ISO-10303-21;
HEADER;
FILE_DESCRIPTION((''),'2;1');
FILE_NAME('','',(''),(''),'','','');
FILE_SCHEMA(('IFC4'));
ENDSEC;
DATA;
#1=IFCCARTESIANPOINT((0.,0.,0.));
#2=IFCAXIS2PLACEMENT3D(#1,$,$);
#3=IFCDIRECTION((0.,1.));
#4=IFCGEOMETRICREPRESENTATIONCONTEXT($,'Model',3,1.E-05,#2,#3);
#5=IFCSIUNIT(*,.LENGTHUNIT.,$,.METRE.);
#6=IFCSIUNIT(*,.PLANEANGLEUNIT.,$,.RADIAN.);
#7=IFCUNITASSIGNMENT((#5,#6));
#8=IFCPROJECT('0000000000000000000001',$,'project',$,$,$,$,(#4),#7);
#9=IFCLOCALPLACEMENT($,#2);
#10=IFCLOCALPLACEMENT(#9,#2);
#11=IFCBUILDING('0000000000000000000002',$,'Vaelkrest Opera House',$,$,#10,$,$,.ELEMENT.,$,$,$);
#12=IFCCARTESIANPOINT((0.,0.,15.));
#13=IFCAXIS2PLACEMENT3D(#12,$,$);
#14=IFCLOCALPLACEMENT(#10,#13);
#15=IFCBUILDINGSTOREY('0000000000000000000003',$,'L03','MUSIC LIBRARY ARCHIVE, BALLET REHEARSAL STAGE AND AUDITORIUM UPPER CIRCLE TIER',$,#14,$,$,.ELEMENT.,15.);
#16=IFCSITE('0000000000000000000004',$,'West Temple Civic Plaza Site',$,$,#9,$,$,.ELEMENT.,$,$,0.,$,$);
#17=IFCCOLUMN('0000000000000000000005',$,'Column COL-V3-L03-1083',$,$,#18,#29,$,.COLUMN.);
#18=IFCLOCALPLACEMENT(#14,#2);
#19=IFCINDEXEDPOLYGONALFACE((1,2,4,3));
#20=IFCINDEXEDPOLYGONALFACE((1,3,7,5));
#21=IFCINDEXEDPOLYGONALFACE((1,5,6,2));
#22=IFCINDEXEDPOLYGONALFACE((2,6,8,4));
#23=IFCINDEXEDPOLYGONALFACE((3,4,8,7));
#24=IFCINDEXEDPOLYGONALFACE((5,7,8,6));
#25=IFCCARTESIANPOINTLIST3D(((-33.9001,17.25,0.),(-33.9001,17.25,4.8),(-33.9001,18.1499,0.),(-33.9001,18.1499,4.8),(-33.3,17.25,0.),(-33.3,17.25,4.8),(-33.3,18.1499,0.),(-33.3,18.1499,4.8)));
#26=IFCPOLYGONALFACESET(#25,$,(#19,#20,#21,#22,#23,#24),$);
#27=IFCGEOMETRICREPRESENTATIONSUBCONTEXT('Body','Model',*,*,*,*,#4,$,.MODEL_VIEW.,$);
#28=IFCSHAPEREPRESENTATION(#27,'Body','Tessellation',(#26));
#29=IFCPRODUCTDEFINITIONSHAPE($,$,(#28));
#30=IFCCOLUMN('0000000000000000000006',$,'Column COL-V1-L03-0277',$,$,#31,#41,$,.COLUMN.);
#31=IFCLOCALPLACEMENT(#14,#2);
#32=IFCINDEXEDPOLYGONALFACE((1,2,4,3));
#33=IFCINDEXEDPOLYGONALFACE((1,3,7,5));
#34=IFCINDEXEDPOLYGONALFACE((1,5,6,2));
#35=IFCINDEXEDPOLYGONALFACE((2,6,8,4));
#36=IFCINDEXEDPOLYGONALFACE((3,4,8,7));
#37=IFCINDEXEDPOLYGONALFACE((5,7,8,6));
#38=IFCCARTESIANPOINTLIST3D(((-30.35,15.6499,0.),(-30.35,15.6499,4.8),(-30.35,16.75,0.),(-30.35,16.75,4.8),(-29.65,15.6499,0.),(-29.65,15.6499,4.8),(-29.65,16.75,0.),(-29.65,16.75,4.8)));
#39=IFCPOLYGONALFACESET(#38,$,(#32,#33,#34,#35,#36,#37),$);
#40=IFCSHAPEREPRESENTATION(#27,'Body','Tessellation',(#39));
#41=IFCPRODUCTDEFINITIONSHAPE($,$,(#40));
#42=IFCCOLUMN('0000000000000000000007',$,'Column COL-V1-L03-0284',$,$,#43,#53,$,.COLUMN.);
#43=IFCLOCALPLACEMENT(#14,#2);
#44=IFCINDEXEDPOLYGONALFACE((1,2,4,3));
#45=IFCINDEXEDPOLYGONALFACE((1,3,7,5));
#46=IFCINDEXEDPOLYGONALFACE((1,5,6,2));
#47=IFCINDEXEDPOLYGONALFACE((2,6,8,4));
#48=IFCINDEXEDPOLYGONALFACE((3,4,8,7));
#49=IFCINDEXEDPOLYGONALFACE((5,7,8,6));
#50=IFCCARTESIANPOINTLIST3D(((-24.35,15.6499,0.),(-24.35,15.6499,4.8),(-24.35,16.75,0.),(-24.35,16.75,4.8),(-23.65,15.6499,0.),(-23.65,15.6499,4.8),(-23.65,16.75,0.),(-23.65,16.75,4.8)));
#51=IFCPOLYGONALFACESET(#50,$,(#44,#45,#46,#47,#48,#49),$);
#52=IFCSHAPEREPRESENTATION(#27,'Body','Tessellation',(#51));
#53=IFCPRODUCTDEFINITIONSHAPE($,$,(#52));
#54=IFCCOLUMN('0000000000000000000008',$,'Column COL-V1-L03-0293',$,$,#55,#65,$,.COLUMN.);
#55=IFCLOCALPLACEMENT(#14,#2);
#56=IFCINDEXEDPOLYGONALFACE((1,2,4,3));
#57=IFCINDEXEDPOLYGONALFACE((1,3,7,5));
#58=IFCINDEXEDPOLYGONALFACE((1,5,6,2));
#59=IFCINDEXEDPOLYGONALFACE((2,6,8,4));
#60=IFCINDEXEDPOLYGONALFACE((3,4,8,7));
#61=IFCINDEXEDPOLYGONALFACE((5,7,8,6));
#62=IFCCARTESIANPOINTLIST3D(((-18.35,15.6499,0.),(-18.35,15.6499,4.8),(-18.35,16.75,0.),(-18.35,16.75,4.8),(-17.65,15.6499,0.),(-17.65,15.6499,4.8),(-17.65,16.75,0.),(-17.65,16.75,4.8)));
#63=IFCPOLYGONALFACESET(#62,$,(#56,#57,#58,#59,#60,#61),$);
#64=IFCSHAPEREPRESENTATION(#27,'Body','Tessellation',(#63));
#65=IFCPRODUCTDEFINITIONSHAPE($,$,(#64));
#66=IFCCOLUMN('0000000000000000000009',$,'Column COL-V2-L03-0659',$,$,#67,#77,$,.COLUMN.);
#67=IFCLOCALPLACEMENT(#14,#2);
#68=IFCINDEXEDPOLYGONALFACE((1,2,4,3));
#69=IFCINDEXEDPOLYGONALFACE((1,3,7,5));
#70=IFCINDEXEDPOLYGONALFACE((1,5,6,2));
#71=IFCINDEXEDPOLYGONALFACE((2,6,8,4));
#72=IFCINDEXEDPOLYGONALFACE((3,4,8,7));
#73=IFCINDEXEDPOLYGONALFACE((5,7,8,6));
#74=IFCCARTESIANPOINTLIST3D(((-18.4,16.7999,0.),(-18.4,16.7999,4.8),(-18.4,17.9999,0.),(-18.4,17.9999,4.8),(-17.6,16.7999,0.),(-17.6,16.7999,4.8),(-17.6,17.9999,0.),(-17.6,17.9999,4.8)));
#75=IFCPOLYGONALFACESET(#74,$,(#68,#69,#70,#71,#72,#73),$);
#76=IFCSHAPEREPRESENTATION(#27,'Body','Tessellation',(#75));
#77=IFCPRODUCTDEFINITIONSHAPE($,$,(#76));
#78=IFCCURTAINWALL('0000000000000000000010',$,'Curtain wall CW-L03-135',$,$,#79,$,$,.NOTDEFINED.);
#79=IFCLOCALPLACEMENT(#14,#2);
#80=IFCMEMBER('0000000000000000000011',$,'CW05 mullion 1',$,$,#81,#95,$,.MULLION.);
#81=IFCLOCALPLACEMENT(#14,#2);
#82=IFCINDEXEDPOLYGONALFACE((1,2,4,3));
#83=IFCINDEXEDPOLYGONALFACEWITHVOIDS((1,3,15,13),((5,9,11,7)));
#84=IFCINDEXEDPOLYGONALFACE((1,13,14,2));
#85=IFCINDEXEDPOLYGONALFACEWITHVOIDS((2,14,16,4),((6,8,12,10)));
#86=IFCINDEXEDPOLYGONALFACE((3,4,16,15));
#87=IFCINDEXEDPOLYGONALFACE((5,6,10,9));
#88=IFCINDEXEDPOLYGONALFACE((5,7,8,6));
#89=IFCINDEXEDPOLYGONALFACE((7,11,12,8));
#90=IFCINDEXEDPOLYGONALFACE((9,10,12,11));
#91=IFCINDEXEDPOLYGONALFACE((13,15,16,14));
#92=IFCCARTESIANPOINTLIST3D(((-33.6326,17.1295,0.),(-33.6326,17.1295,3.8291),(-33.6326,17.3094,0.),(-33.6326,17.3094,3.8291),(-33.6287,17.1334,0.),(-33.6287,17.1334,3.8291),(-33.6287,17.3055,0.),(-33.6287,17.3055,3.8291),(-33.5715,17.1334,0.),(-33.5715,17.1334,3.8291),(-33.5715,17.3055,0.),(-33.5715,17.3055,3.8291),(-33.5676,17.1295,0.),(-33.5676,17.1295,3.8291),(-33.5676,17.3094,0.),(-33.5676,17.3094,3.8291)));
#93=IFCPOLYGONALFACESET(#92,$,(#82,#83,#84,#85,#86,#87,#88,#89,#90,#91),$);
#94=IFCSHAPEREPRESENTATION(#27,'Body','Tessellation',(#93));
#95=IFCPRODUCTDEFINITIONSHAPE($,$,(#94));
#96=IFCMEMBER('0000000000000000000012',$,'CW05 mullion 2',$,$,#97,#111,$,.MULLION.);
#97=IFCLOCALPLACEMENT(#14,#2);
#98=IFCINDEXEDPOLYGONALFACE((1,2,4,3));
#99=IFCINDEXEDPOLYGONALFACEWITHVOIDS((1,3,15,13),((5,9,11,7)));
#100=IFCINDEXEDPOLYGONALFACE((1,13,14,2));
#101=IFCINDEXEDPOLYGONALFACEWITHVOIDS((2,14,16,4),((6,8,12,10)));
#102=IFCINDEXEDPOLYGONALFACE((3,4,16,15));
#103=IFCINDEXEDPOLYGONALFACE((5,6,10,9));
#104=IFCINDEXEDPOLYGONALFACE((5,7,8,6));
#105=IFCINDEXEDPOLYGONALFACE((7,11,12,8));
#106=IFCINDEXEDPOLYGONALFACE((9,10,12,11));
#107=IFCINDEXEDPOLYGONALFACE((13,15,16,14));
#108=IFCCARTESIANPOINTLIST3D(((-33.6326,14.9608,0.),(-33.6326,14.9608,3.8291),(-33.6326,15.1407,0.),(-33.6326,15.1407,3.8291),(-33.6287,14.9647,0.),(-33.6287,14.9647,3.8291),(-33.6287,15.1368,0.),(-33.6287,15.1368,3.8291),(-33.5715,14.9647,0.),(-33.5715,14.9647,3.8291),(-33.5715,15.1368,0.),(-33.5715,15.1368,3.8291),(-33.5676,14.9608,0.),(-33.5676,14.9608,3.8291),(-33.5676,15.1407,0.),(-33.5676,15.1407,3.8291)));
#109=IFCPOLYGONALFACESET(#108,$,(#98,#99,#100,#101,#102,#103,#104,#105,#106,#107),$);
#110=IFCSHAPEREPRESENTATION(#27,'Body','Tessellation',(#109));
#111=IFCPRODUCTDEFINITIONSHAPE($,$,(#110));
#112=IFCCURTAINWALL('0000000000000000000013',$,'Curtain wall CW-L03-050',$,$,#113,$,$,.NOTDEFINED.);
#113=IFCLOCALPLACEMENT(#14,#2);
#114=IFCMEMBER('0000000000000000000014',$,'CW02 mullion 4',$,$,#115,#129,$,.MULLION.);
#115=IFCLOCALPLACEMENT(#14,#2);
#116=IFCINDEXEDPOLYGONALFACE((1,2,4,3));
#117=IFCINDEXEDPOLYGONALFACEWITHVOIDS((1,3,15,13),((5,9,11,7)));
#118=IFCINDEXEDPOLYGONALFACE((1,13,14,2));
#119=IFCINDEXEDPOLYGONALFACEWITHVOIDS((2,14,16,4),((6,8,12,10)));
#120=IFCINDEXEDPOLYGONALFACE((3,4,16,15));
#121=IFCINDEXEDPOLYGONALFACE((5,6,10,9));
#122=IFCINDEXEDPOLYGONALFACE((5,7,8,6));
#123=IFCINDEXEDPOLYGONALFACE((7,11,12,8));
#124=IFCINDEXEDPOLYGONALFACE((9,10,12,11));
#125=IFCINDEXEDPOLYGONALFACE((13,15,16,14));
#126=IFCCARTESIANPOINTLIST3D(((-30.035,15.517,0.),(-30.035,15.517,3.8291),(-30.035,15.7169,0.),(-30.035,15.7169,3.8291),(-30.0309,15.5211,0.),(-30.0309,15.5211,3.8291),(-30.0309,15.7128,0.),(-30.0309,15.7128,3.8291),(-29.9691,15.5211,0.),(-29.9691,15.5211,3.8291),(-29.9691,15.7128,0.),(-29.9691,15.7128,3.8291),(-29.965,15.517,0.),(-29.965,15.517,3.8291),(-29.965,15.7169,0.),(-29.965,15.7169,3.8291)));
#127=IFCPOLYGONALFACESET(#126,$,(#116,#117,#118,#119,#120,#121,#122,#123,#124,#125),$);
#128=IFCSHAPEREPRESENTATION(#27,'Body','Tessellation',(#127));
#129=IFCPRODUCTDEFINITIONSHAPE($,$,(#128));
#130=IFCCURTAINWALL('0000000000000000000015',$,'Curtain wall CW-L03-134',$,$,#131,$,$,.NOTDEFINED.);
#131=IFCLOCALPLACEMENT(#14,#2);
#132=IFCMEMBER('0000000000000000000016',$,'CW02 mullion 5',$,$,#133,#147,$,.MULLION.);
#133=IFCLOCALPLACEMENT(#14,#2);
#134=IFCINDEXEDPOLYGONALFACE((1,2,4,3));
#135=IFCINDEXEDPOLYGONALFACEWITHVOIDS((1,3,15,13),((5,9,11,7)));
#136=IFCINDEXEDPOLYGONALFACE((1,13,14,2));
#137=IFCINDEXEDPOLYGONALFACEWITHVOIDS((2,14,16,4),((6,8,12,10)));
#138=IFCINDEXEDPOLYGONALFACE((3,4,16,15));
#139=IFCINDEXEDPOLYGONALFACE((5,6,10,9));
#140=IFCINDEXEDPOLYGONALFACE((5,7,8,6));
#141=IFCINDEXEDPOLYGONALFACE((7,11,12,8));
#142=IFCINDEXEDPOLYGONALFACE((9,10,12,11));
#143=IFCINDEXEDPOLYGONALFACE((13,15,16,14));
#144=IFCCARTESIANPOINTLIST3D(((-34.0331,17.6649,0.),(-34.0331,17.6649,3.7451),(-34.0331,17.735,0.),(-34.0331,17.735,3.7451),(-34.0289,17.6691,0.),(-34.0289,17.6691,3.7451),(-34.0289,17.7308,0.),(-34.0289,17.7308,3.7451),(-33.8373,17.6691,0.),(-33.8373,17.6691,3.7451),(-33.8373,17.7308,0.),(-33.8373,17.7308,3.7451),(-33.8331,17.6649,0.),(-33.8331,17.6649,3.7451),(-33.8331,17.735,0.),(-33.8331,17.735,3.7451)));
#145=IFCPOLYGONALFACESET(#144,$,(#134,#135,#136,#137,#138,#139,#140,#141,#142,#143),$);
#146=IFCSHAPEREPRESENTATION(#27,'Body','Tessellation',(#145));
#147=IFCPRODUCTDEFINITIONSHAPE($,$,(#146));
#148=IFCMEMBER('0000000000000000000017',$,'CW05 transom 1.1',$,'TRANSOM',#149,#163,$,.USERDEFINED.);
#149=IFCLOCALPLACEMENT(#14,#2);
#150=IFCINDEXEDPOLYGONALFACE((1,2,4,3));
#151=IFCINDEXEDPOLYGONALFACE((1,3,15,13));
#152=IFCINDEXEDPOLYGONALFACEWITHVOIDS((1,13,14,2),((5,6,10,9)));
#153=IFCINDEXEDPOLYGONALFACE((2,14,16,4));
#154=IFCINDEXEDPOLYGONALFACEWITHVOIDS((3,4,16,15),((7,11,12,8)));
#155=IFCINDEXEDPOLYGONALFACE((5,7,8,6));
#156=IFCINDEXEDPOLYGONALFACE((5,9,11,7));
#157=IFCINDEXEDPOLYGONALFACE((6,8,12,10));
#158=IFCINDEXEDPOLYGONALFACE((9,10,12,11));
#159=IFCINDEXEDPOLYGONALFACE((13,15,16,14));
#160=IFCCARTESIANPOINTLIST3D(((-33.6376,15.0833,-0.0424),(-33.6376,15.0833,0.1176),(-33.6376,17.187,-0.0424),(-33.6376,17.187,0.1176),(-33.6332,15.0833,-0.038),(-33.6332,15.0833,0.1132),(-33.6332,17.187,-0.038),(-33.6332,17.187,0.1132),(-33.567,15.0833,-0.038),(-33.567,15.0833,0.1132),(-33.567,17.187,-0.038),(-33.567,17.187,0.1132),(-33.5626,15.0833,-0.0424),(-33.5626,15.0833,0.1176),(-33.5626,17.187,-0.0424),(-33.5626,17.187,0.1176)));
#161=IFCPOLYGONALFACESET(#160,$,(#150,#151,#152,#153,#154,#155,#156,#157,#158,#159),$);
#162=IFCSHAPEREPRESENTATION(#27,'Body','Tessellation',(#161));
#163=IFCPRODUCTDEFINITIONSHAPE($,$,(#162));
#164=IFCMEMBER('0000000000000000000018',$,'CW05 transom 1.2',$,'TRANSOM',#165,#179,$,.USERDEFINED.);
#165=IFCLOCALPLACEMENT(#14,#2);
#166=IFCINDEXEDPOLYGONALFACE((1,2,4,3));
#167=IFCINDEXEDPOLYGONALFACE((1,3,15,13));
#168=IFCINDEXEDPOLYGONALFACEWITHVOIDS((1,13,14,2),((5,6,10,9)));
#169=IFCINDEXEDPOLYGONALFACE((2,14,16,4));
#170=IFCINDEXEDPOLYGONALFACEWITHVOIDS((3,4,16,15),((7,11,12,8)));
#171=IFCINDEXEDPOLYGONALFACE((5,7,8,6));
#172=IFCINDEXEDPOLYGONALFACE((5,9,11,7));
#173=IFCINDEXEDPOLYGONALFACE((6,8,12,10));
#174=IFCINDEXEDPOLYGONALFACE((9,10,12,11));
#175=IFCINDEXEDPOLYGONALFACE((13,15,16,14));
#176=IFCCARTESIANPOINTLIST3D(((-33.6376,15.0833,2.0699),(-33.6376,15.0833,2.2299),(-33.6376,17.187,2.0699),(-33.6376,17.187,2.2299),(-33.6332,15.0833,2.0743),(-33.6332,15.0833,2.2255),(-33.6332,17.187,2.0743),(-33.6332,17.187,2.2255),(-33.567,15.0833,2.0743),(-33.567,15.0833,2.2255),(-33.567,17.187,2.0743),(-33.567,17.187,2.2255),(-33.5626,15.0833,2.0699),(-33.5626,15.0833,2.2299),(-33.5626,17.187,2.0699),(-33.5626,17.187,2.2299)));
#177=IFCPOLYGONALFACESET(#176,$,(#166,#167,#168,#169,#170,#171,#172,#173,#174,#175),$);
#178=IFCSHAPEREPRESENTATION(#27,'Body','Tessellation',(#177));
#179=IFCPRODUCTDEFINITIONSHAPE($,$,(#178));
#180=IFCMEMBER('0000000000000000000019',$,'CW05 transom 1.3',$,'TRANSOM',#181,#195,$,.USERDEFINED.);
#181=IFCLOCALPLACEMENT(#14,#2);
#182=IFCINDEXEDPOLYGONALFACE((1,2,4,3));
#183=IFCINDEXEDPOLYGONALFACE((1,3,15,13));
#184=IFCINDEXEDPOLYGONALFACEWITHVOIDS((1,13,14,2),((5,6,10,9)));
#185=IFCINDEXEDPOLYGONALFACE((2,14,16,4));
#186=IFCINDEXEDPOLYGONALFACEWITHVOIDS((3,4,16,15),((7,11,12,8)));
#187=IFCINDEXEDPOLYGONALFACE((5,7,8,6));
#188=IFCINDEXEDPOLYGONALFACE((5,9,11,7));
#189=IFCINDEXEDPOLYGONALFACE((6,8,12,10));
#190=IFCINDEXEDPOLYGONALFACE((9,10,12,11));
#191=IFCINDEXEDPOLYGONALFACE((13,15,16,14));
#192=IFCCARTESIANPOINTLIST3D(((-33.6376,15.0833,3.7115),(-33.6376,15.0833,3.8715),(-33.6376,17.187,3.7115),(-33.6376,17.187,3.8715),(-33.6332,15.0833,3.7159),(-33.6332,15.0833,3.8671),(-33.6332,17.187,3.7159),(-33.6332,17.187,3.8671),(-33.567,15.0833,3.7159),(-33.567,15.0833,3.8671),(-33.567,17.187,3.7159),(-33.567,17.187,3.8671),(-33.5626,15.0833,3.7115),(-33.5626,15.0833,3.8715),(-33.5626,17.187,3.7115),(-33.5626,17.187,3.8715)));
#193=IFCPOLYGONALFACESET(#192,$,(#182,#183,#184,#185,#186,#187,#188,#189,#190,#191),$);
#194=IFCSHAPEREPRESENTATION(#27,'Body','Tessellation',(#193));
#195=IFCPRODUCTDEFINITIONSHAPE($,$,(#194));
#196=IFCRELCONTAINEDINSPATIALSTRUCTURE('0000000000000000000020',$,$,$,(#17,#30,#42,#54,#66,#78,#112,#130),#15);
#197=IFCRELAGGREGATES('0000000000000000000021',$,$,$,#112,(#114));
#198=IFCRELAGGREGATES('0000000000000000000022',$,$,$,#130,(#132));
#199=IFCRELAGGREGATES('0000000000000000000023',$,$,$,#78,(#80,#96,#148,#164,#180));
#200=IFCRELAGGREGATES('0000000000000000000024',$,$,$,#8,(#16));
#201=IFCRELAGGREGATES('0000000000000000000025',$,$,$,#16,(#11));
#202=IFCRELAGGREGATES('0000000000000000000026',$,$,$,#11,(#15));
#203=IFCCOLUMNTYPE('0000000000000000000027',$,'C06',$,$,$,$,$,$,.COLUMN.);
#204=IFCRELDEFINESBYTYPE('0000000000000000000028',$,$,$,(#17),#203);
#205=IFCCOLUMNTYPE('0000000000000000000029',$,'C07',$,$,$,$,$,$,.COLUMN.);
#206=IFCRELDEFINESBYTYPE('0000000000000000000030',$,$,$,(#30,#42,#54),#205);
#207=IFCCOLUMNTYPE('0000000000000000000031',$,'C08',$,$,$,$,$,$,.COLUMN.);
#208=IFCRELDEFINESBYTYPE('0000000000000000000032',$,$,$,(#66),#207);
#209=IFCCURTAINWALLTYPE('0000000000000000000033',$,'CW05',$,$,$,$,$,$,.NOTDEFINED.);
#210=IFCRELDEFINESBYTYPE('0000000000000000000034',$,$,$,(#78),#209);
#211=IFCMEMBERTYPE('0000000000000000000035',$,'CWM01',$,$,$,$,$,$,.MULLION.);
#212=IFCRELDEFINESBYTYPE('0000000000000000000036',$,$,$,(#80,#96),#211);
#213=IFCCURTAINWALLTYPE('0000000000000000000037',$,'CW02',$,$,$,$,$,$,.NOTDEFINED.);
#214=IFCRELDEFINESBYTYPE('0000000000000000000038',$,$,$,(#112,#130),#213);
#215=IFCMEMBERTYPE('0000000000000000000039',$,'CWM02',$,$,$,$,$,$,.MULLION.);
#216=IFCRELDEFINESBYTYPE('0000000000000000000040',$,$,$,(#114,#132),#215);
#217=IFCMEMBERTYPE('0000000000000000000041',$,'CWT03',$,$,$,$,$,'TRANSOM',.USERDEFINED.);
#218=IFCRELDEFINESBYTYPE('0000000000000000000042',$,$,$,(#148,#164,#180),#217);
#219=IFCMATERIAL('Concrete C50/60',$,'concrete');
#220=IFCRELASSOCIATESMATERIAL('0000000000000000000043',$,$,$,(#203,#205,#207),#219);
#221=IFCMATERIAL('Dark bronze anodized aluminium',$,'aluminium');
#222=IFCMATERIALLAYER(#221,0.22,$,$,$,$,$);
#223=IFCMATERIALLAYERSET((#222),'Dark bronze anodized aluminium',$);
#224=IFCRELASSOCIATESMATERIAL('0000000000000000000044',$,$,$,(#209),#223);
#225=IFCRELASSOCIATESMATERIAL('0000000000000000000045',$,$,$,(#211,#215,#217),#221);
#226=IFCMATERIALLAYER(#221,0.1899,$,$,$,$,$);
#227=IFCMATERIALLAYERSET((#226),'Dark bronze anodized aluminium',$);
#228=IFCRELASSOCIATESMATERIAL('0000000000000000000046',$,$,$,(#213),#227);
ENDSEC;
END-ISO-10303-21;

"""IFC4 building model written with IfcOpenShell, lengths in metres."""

from ifc_helpers import new_model, si_unit, direction, frame, origin, origin_2d, place, context, subcontext, project, spatial, rectangle, hollow_rectangle, extrude, material, layer, layer_set, material_profile, profile_set, type_object, element, aggregate, save


model = new_model("IFC4")

# Units and contexts
model_context = context("Model", 3, precision=1e-05, world=origin(), true_north=direction((0.0, 1.0)))
body_context = subcontext(model_context, "Body", "Model", "MODEL_VIEW")
ifc_project = project(units=[si_unit("LENGTHUNIT", "METRE"), si_unit("PLANEANGLEUNIT", "RADIAN")], contexts=[model_context])

# Site, building, storey
site_placement = place(None, origin())
site = spatial("IfcSite", under=ifc_project, at=site_placement, Name="West Temple Civic Plaza Site", CompositionType="ELEMENT", RefElevation=0.0)
building_placement = place(site_placement, origin())
building = spatial("IfcBuilding", under=site, at=building_placement, Name="Vaelkrest Opera House", CompositionType="ELEMENT")
storey_placement = place(building_placement, frame((0.0, 0.0, 15.0)))
storey = spatial("IfcBuildingStorey", under=building, at=storey_placement, Name="L03", Description="MUSIC LIBRARY ARCHIVE, BALLET REHEARSAL STAGE AND AUDITORIUM UPPER CIRCLE TIER", CompositionType="ELEMENT", Elevation=15.0)

# Columns
ifc_material_1 = material(Name="Concrete C50/60", Category="concrete")
ifc_material_profile_1 = material_profile(ifc_material_1, rectangle(XDim=0.6001, YDim=0.8999, at=origin_2d()), Name="RC600X900")
ifc_profile_set_1 = profile_set([ifc_material_profile_1], Name="Concrete C50/60")
column_type_1 = type_object("IfcColumnType", Name="C06", PredefinedType="COLUMN", material=ifc_profile_set_1)
column_1_placement = place(storey_placement, frame((-33.6001, 17.7, 0.0), z_axis=(0.0, 0.0, 1.0), x_axis=(1.0, 0.0, 0.0)))
element("IfcColumn", 1, at=column_1_placement, inside=storey, type_object=column_type_1, Name="Column COL-V3-L03-1083", PredefinedType="COLUMN", context=body_context, shape_type="SweptSolid", body=[
    extrude(rectangle(XDim=0.6001, YDim=0.8999, at=origin_2d()), origin(), (0.0, 0.0, 1.0), 4.8),
])
ifc_material_profile_2 = material_profile(ifc_material_1, rectangle(XDim=0.7, YDim=1.1001, at=origin_2d()), Name="RC700X1100")
ifc_profile_set_2 = profile_set([ifc_material_profile_2], Name="Concrete C50/60")
column_type_2 = type_object("IfcColumnType", Name="C07", PredefinedType="COLUMN", material=ifc_profile_set_2)
for number, where, z_axis, x_axis, name in (
    (2, (-30.0, 16.2, 0.0), (0.0, 0.0, 1.0), (1.0, 0.0, 0.0), "Column COL-V1-L03-0277"),
    (3, (-24.0, 16.2, 0.0), (0.0, 0.0, 1.0), (1.0, 0.0, 0.0), "Column COL-V1-L03-0284"),
    (4, (-18.0, 16.2, 0.0), (0.0, 0.0, 1.0), (1.0, 0.0, 0.0), "Column COL-V1-L03-0293"),
):
    element("IfcColumn", number, at=place(storey_placement, frame(where, z_axis=z_axis, x_axis=x_axis)), inside=storey, type_object=column_type_2, Name=name, PredefinedType="COLUMN", context=body_context, shape_type="SweptSolid", body=[
        extrude(rectangle(XDim=0.7, YDim=1.1001, at=origin_2d()), origin(), (0.0, 0.0, 1.0), 4.8),
    ])
ifc_material_profile_3 = material_profile(ifc_material_1, rectangle(XDim=0.8, YDim=1.2, at=origin_2d()), Name="RC800X1200")
ifc_profile_set_3 = profile_set([ifc_material_profile_3], Name="Concrete C50/60")
column_type_3 = type_object("IfcColumnType", Name="C08", PredefinedType="COLUMN", material=ifc_profile_set_3)
column_2_placement = place(storey_placement, frame((-18.0, 17.3999, 0.0), z_axis=(0.0, 0.0, 1.0), x_axis=(1.0, 0.0, 0.0)))
element("IfcColumn", 5, at=column_2_placement, inside=storey, type_object=column_type_3, Name="Column COL-V2-L03-0659", PredefinedType="COLUMN", context=body_context, shape_type="SweptSolid", body=[
    extrude(rectangle(XDim=0.8, YDim=1.2, at=origin_2d()), origin(), (0.0, 0.0, 1.0), 4.8),
])

# Curtain wall, members
ifc_material_2 = material(Name="Dark bronze anodized aluminium", Category="aluminium")
ifc_layer_1 = layer(ifc_material_2, 0.22)
ifc_layer_set_1 = layer_set([ifc_layer_1], Name="Dark bronze anodized aluminium")
curtain_wall_type_1 = type_object("IfcCurtainWallType", Name="CW05", PredefinedType="NOTDEFINED", material=ifc_layer_set_1)
curtain_wall_1_placement = place(storey_placement, origin())
curtain_wall_1 = element("IfcCurtainWall", 6, at=curtain_wall_1_placement, inside=storey, type_object=curtain_wall_type_1, Name="Curtain wall CW-L03-135", PredefinedType="NOTDEFINED")
ifc_material_profile_4 = material_profile(ifc_material_2, hollow_rectangle(XDim=0.0649, YDim=0.1799, WallThickness=0.0039, at=origin_2d()), Name="CWM65X180")
ifc_profile_set_4 = profile_set([ifc_material_profile_4], Name="Dark bronze anodized aluminium")
member_type_1 = type_object("IfcMemberType", Name="CWM01", PredefinedType="MULLION", material=ifc_profile_set_4)
member_1_placement = place(storey_placement, frame((-33.6001, 17.2195, 0.0), z_axis=(0.0, 0.0, 1.0), x_axis=(1.0, 0.0, 0.0)))
member_1 = element("IfcMember", 7, at=member_1_placement, type_object=member_type_1, Name="CW05 mullion 1", PredefinedType="MULLION", context=body_context, shape_type="SweptSolid", body=[
    extrude(hollow_rectangle(XDim=0.0649, YDim=0.1799, WallThickness=0.0039, at=origin_2d()), origin(), (0.0, 0.0, 1.0), 3.8291),
])
member_2_placement = place(storey_placement, frame((-33.6001, 15.0508, 0.0), z_axis=(0.0, 0.0, 1.0), x_axis=(1.0, 0.0, 0.0)))
member_2 = element("IfcMember", 8, at=member_2_placement, type_object=member_type_1, Name="CW05 mullion 2", PredefinedType="MULLION", context=body_context, shape_type="SweptSolid", body=[
    extrude(hollow_rectangle(XDim=0.0649, YDim=0.1799, WallThickness=0.0039, at=origin_2d()), origin(), (0.0, 0.0, 1.0), 3.8291),
])

# Curtain walls, members
ifc_layer_2 = layer(ifc_material_2, 0.1899)
ifc_layer_set_2 = layer_set([ifc_layer_2], Name="Dark bronze anodized aluminium")
curtain_wall_type_2 = type_object("IfcCurtainWallType", Name="CW02", PredefinedType="NOTDEFINED", material=ifc_layer_set_2)
curtain_wall_2_placement = place(storey_placement, origin())
curtain_wall_2 = element("IfcCurtainWall", 9, at=curtain_wall_2_placement, inside=storey, type_object=curtain_wall_type_2, Name="Curtain wall CW-L03-050", PredefinedType="NOTDEFINED")
ifc_material_profile_5 = material_profile(ifc_material_2, hollow_rectangle(XDim=0.0701, YDim=0.2, WallThickness=0.0042, at=origin_2d()), Name="CWM70X200")
ifc_profile_set_5 = profile_set([ifc_material_profile_5], Name="Dark bronze anodized aluminium")
member_type_2 = type_object("IfcMemberType", Name="CWM02", PredefinedType="MULLION", material=ifc_profile_set_5)
member_3_placement = place(storey_placement, frame((-30.0, 15.6169, 0.0), z_axis=(0.0, 0.0, 1.0), x_axis=(-1.0, 0.0, 0.0)))
member_3 = element("IfcMember", 10, at=member_3_placement, type_object=member_type_2, Name="CW02 mullion 4", PredefinedType="MULLION", context=body_context, shape_type="SweptSolid", body=[
    extrude(hollow_rectangle(XDim=0.0701, YDim=0.2, WallThickness=0.0042, at=origin_2d()), origin(), (0.0, 0.0, 1.0), 3.8291),
])
aggregate(curtain_wall_2, [member_3])
curtain_wall_3_placement = place(storey_placement, origin())
curtain_wall_3 = element("IfcCurtainWall", 11, at=curtain_wall_3_placement, inside=storey, type_object=curtain_wall_type_2, Name="Curtain wall CW-L03-134", PredefinedType="NOTDEFINED")
member_4_placement = place(storey_placement, frame((-33.9331, 17.7, 0.0), z_axis=(0.0, 0.0, 1.0), x_axis=(0.0, 1.0, 0.0)))
member_4 = element("IfcMember", 12, at=member_4_placement, type_object=member_type_2, Name="CW02 mullion 5", PredefinedType="MULLION", context=body_context, shape_type="SweptSolid", body=[
    extrude(hollow_rectangle(XDim=0.0701, YDim=0.2, WallThickness=0.0042, at=origin_2d()), origin(), (0.0, 0.0, 1.0), 3.7451),
])
aggregate(curtain_wall_3, [member_4])

# Members
ifc_material_profile_6 = material_profile(ifc_material_2, hollow_rectangle(XDim=0.075, YDim=0.1599, WallThickness=0.0044, at=origin_2d()), Name="CWT75X160")
ifc_profile_set_6 = profile_set([ifc_material_profile_6], Name="Dark bronze anodized aluminium")
member_type_3 = type_object("IfcMemberType", Name="CWT03", ElementType="TRANSOM", PredefinedType="USERDEFINED", material=ifc_profile_set_6)
member_5_placement = place(storey_placement, frame((-33.6001, 17.187, 0.0376), z_axis=(0.0, -1.0, 0.0), x_axis=(1.0, 0.0, 0.0)))
member_5 = element("IfcMember", 13, at=member_5_placement, type_object=member_type_3, Name="CW05 transom 1.1", ObjectType="TRANSOM", PredefinedType="USERDEFINED", context=body_context, shape_type="SweptSolid", body=[
    extrude(hollow_rectangle(XDim=0.075, YDim=0.1599, WallThickness=0.0044, at=origin_2d()), origin(), (0.0, 0.0, 1.0), 2.1038),
])
member_6_placement = place(storey_placement, frame((-33.6001, 17.187, 2.1499), z_axis=(0.0, -1.0, 0.0), x_axis=(1.0, 0.0, 0.0)))
member_6 = element("IfcMember", 14, at=member_6_placement, type_object=member_type_3, Name="CW05 transom 1.2", ObjectType="TRANSOM", PredefinedType="USERDEFINED", context=body_context, shape_type="SweptSolid", body=[
    extrude(hollow_rectangle(XDim=0.075, YDim=0.1599, WallThickness=0.0044, at=origin_2d()), origin(), (0.0, 0.0, 1.0), 2.1038),
])
member_7_placement = place(storey_placement, frame((-33.6001, 17.187, 3.7915), z_axis=(0.0, -1.0, 0.0), x_axis=(1.0, 0.0, 0.0)))
member_7 = element("IfcMember", 15, at=member_7_placement, type_object=member_type_3, Name="CW05 transom 1.3", ObjectType="TRANSOM", PredefinedType="USERDEFINED", context=body_context, shape_type="SweptSolid", body=[
    extrude(hollow_rectangle(XDim=0.075, YDim=0.1599, WallThickness=0.0044, at=origin_2d()), origin(), (0.0, 0.0, 1.0), 2.1038),
])

aggregate(curtain_wall_1, [member_1, member_2, member_5, member_6, member_7])

save(model, "model.ifc")
